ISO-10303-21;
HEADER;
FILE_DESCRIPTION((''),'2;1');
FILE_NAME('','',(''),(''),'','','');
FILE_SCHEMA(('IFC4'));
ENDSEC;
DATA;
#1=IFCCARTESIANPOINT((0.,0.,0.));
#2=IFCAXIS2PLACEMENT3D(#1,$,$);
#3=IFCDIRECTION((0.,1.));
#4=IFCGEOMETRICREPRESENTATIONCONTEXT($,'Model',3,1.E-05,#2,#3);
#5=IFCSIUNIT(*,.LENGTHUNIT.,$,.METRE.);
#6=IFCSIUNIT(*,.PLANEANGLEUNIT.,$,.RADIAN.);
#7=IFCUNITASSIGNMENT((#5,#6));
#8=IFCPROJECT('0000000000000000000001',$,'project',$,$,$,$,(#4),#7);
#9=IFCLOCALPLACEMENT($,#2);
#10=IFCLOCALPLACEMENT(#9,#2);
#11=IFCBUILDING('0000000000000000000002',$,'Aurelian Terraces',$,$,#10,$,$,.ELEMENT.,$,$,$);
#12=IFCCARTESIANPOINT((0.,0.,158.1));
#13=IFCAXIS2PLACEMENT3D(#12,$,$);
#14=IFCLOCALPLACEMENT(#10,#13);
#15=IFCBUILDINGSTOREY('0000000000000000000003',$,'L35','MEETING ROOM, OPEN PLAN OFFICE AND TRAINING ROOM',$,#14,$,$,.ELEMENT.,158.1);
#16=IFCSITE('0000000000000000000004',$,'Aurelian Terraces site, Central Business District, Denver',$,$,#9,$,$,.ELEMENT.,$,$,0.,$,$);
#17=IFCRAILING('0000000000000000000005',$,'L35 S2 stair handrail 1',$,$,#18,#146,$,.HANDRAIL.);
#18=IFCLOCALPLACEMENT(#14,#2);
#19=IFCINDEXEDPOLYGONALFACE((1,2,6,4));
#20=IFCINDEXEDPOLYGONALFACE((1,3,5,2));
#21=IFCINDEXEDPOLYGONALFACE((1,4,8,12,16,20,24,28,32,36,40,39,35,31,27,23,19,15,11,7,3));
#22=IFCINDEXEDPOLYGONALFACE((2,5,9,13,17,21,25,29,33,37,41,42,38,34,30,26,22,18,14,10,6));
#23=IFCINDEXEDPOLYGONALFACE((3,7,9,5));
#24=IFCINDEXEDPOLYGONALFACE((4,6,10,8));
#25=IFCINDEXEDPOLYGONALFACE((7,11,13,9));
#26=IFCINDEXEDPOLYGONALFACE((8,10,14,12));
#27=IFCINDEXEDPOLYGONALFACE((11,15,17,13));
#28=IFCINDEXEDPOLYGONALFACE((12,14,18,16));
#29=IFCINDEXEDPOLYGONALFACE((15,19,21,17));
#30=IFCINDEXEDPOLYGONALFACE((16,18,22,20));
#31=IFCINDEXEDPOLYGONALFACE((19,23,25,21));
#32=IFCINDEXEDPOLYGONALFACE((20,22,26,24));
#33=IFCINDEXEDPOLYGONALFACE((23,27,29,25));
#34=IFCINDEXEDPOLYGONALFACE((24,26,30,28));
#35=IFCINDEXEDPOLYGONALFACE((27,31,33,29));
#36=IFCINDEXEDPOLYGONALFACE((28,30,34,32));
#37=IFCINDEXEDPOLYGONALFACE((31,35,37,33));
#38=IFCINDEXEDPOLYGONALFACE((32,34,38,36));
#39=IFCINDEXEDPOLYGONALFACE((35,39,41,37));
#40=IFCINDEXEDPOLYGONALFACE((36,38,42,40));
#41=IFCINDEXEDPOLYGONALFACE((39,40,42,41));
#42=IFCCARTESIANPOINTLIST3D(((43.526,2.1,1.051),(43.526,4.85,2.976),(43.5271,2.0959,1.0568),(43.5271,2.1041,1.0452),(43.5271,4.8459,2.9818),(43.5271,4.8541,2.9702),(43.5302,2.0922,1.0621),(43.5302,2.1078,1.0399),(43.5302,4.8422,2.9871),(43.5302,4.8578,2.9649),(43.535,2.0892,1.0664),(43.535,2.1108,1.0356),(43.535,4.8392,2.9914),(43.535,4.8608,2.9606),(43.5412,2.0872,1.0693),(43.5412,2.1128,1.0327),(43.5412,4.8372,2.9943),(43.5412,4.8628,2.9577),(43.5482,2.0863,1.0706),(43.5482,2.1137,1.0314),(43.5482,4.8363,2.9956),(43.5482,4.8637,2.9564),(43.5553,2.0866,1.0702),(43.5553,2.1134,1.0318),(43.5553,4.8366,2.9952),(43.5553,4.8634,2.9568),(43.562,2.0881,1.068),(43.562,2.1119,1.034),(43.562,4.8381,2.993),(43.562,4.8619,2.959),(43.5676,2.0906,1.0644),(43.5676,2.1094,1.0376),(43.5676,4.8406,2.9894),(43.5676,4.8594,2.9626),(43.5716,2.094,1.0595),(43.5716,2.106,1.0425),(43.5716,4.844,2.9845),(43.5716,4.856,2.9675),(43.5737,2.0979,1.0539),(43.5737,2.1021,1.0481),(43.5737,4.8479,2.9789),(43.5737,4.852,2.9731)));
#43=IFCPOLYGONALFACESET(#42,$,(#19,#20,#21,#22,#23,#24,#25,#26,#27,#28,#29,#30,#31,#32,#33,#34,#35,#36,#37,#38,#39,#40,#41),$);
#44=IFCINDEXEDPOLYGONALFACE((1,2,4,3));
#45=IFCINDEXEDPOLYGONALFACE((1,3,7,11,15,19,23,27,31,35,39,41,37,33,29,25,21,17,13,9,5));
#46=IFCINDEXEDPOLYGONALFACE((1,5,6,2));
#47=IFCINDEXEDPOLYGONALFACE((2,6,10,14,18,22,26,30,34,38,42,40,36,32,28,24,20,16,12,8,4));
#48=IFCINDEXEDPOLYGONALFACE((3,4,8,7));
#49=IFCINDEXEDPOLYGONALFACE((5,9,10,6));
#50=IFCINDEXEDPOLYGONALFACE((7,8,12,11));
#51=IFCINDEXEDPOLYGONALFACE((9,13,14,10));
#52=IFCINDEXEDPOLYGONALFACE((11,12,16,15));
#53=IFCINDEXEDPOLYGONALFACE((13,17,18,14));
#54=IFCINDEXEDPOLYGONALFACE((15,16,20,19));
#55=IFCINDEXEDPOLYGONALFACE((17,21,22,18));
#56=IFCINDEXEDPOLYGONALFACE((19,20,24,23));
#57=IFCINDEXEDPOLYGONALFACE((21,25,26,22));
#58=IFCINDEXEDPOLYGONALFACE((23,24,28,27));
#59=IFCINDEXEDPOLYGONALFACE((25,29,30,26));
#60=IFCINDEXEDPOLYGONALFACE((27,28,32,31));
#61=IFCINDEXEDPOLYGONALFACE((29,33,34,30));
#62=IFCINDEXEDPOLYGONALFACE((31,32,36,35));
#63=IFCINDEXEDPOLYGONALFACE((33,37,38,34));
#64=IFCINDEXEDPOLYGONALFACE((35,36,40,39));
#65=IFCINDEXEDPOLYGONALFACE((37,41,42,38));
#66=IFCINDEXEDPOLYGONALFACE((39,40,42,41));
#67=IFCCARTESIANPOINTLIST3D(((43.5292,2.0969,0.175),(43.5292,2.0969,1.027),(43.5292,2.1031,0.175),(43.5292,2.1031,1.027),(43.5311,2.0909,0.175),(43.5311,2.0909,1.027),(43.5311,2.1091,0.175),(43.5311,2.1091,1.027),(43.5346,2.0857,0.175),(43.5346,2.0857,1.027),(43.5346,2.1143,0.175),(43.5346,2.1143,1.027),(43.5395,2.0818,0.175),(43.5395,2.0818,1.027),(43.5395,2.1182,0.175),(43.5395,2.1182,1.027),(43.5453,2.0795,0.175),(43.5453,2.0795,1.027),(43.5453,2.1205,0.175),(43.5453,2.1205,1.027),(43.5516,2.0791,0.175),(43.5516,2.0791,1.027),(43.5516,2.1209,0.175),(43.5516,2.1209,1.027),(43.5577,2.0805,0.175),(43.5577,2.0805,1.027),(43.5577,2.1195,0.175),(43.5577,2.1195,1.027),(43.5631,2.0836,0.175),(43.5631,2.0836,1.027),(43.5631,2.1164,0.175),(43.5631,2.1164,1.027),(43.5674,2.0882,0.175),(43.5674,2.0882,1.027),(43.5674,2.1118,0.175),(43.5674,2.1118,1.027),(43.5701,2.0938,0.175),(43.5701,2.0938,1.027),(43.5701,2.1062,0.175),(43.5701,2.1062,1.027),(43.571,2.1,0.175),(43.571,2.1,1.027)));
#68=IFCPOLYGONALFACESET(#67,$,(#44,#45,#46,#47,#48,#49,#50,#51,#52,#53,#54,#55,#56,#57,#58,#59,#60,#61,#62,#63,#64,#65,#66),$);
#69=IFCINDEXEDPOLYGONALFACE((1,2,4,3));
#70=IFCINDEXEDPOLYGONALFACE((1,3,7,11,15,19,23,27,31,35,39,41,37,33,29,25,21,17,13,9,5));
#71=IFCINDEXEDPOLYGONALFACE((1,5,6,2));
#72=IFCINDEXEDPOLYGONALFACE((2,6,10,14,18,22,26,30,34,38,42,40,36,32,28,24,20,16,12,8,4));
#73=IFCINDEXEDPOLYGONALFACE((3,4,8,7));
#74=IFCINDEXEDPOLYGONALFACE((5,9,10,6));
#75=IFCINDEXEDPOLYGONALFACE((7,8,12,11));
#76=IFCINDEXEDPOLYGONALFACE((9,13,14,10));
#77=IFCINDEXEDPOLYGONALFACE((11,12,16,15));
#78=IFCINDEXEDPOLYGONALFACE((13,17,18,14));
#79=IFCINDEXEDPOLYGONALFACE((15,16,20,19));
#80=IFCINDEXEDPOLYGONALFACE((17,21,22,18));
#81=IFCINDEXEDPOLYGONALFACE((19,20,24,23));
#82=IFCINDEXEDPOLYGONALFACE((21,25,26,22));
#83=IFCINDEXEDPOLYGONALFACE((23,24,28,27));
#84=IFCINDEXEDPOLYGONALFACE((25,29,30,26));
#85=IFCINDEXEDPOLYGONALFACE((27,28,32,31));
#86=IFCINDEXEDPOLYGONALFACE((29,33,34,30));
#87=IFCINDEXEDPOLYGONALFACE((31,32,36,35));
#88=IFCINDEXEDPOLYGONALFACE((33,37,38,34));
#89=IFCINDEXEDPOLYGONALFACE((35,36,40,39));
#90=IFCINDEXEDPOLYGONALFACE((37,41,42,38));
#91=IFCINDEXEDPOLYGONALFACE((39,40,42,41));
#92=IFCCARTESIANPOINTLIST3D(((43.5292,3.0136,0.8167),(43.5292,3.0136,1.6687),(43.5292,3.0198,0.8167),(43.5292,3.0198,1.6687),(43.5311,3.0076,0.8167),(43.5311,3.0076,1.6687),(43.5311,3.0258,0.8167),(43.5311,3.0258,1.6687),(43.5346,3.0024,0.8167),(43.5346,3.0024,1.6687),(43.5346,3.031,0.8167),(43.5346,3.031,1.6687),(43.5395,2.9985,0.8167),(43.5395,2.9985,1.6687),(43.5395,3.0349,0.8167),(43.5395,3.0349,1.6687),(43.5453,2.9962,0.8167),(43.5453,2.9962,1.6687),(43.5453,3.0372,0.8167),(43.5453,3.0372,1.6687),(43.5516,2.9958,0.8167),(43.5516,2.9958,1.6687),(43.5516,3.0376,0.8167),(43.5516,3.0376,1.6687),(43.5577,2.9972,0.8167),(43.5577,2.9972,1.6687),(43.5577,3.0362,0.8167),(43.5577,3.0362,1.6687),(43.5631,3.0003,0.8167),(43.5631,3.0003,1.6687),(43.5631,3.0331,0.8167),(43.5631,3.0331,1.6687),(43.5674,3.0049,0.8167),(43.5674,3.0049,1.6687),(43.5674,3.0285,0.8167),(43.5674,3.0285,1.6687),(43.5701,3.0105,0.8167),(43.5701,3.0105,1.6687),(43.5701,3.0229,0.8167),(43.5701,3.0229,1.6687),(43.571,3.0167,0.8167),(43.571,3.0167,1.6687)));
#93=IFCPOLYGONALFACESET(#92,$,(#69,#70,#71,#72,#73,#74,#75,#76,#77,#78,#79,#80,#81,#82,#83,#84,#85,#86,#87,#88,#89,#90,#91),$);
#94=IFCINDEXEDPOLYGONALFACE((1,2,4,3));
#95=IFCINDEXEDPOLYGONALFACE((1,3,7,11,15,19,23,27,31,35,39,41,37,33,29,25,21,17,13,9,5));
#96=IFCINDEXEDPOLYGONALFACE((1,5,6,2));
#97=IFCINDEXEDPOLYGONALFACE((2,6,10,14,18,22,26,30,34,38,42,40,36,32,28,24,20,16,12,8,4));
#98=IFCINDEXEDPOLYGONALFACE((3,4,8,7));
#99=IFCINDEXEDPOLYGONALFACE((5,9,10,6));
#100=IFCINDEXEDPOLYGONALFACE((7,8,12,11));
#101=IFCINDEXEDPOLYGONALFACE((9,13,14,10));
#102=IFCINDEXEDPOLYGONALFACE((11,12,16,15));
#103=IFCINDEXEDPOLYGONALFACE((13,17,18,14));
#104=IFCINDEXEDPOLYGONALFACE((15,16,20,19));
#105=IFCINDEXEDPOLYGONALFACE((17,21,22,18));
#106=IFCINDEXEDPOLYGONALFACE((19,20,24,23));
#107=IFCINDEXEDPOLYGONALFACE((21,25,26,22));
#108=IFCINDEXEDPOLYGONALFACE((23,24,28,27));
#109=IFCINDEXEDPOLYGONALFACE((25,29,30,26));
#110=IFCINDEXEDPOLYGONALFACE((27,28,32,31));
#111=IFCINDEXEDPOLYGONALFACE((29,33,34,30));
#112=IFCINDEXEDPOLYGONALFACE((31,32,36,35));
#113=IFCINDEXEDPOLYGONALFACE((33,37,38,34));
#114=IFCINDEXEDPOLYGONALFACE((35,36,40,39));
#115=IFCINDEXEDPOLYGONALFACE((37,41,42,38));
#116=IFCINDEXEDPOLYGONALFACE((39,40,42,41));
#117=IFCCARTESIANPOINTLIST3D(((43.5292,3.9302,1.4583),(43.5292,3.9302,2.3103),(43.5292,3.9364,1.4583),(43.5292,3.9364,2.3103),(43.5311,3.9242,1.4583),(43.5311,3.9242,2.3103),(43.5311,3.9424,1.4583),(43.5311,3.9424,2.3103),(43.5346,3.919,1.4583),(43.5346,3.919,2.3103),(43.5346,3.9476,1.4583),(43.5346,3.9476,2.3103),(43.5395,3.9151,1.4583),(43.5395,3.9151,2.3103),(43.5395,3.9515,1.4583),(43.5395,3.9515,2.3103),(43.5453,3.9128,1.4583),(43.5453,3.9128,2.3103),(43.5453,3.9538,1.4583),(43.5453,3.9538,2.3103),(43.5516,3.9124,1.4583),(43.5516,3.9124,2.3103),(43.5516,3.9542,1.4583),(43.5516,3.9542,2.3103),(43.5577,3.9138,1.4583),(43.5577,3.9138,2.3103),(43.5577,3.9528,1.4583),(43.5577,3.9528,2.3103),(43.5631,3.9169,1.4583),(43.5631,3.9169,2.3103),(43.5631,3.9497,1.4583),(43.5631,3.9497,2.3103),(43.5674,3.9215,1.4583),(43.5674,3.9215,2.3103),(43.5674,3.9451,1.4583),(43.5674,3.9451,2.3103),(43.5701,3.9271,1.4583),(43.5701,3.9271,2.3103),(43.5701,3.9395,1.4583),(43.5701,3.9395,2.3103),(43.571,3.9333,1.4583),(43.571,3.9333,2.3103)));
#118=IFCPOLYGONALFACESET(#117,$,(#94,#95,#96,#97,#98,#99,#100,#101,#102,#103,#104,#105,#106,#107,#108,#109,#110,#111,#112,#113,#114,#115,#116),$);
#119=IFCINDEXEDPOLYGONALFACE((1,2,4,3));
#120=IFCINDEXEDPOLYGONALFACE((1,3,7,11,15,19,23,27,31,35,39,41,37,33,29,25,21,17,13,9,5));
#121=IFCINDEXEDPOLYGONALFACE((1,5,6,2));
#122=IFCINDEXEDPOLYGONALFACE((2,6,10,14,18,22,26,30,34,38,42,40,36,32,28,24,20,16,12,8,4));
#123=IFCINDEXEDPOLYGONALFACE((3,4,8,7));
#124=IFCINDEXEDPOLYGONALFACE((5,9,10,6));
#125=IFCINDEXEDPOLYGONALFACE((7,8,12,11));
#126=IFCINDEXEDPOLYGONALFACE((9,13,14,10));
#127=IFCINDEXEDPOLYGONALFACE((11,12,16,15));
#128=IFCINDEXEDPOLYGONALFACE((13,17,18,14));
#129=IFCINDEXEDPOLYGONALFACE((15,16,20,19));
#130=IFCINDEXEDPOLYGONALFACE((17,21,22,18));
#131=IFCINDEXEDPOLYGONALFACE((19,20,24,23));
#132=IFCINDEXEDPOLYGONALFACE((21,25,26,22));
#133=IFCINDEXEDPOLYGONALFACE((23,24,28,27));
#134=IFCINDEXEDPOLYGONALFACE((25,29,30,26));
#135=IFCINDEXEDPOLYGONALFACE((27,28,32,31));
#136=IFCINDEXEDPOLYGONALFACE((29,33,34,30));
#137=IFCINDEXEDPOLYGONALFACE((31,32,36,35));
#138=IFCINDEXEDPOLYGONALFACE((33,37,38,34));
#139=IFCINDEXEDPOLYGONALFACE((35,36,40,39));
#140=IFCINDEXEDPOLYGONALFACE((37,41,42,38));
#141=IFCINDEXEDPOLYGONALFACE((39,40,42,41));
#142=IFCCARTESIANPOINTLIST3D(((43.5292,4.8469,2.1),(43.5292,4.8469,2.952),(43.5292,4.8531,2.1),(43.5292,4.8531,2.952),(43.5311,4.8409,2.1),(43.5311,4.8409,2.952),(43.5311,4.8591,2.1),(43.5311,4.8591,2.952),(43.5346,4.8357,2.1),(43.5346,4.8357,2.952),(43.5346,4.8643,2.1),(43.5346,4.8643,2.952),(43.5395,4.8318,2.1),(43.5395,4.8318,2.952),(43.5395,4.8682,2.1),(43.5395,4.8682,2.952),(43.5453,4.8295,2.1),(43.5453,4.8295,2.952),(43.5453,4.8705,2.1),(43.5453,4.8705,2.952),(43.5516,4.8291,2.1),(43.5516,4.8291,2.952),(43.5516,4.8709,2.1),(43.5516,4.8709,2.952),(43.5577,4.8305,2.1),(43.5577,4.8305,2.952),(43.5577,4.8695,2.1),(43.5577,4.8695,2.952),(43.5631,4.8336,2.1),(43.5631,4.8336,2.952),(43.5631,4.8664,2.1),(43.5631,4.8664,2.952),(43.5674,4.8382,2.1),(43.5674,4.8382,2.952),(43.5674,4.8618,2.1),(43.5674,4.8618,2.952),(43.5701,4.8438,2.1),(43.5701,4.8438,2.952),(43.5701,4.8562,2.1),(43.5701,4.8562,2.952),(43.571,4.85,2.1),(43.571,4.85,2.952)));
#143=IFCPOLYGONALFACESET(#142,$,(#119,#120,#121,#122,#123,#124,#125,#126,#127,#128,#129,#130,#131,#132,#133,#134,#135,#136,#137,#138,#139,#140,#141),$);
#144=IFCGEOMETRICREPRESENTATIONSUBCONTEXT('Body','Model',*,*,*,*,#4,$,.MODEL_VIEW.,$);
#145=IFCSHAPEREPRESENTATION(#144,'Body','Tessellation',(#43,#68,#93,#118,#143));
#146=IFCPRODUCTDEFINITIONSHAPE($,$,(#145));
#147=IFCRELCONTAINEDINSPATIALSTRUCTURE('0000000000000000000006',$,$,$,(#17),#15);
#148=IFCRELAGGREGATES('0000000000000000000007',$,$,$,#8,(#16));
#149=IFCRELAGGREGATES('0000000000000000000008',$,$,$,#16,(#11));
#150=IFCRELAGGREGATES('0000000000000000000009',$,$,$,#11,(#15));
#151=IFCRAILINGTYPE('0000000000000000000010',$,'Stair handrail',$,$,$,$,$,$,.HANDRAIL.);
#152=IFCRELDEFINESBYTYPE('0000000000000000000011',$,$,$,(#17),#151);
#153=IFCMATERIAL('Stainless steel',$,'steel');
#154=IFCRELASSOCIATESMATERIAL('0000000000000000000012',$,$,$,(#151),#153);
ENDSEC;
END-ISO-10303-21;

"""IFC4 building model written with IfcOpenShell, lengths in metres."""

from ifc_helpers import new_model, si_unit, direction, frame, origin, origin_2d, place, context, subcontext, project, spatial, circle, extrude, source, transform, mapped, material, type_object, element, save


model = new_model("IFC4")

# Units and contexts
model_context = context("Model", 3, precision=1e-05, world=origin(), true_north=direction((0.0, 1.0)))
body_context = subcontext(model_context, "Body", "Model", "MODEL_VIEW")
ifc_project = project(units=[si_unit("LENGTHUNIT", "METRE"), si_unit("PLANEANGLEUNIT", "RADIAN")], contexts=[model_context])

# Site, building, storey
site_placement = place(None, origin())
site = spatial("IfcSite", under=ifc_project, at=site_placement, Name="Aurelian Terraces site, Central Business District, Denver", CompositionType="ELEMENT", RefElevation=0.0)
building_placement = place(site_placement, origin())
building = spatial("IfcBuilding", under=site, at=building_placement, Name="Aurelian Terraces", CompositionType="ELEMENT")
storey_placement = place(building_placement, frame((0.0, 0.0, 158.1)))
storey = spatial("IfcBuildingStorey", under=building, at=storey_placement, Name="L35", Description="MEETING ROOM, OPEN PLAN OFFICE AND TRAINING ROOM", CompositionType="ELEMENT", Elevation=158.1)

# Railing
ifc_material_1 = material(Name="Stainless steel", Category="steel")
railing_type_1 = type_object("IfcRailingType", Name="Stair handrail", PredefinedType="HANDRAIL", material=ifc_material_1)
shared_shape_1 = source(origin(), body_context, "Body", "SweptSolid", [
    extrude(circle(Radius=0.024, at=origin_2d()), frame((0.0, 0.0, 0.876), z_axis=(0.0, 0.819232, 0.573462), x_axis=(-1.0, 0.0, 0.0)), (0.0, 0.0, 1.0), 3.3568),
    extrude(circle(Radius=0.021, at=origin_2d()), origin(), (0.0, 0.0, 1.0), 0.852),
    extrude(circle(Radius=0.021, at=origin_2d()), frame((0.0, 0.9167, 0.6417)), (0.0, 0.0, 1.0), 0.852),
    extrude(circle(Radius=0.021, at=origin_2d()), frame((0.0, 1.8333, 1.2833)), (0.0, 0.0, 1.0), 0.852),
    extrude(circle(Radius=0.021, at=origin_2d()), frame((0.0, 2.75, 1.925)), (0.0, 0.0, 1.0), 0.852),
])
railing_1_placement = place(storey_placement, frame((43.55, 2.1, 0.175)))
element("IfcRailing", 1, at=railing_1_placement, inside=storey, type_object=railing_type_1, Name="L35 S2 stair handrail 1", PredefinedType="HANDRAIL", context=body_context, shape_type="MappedRepresentation", body=[
    mapped(shared_shape_1, transform((0.0, 0.0, 0.0), scale=1.0)),
])

save(model, "model.ifc")
